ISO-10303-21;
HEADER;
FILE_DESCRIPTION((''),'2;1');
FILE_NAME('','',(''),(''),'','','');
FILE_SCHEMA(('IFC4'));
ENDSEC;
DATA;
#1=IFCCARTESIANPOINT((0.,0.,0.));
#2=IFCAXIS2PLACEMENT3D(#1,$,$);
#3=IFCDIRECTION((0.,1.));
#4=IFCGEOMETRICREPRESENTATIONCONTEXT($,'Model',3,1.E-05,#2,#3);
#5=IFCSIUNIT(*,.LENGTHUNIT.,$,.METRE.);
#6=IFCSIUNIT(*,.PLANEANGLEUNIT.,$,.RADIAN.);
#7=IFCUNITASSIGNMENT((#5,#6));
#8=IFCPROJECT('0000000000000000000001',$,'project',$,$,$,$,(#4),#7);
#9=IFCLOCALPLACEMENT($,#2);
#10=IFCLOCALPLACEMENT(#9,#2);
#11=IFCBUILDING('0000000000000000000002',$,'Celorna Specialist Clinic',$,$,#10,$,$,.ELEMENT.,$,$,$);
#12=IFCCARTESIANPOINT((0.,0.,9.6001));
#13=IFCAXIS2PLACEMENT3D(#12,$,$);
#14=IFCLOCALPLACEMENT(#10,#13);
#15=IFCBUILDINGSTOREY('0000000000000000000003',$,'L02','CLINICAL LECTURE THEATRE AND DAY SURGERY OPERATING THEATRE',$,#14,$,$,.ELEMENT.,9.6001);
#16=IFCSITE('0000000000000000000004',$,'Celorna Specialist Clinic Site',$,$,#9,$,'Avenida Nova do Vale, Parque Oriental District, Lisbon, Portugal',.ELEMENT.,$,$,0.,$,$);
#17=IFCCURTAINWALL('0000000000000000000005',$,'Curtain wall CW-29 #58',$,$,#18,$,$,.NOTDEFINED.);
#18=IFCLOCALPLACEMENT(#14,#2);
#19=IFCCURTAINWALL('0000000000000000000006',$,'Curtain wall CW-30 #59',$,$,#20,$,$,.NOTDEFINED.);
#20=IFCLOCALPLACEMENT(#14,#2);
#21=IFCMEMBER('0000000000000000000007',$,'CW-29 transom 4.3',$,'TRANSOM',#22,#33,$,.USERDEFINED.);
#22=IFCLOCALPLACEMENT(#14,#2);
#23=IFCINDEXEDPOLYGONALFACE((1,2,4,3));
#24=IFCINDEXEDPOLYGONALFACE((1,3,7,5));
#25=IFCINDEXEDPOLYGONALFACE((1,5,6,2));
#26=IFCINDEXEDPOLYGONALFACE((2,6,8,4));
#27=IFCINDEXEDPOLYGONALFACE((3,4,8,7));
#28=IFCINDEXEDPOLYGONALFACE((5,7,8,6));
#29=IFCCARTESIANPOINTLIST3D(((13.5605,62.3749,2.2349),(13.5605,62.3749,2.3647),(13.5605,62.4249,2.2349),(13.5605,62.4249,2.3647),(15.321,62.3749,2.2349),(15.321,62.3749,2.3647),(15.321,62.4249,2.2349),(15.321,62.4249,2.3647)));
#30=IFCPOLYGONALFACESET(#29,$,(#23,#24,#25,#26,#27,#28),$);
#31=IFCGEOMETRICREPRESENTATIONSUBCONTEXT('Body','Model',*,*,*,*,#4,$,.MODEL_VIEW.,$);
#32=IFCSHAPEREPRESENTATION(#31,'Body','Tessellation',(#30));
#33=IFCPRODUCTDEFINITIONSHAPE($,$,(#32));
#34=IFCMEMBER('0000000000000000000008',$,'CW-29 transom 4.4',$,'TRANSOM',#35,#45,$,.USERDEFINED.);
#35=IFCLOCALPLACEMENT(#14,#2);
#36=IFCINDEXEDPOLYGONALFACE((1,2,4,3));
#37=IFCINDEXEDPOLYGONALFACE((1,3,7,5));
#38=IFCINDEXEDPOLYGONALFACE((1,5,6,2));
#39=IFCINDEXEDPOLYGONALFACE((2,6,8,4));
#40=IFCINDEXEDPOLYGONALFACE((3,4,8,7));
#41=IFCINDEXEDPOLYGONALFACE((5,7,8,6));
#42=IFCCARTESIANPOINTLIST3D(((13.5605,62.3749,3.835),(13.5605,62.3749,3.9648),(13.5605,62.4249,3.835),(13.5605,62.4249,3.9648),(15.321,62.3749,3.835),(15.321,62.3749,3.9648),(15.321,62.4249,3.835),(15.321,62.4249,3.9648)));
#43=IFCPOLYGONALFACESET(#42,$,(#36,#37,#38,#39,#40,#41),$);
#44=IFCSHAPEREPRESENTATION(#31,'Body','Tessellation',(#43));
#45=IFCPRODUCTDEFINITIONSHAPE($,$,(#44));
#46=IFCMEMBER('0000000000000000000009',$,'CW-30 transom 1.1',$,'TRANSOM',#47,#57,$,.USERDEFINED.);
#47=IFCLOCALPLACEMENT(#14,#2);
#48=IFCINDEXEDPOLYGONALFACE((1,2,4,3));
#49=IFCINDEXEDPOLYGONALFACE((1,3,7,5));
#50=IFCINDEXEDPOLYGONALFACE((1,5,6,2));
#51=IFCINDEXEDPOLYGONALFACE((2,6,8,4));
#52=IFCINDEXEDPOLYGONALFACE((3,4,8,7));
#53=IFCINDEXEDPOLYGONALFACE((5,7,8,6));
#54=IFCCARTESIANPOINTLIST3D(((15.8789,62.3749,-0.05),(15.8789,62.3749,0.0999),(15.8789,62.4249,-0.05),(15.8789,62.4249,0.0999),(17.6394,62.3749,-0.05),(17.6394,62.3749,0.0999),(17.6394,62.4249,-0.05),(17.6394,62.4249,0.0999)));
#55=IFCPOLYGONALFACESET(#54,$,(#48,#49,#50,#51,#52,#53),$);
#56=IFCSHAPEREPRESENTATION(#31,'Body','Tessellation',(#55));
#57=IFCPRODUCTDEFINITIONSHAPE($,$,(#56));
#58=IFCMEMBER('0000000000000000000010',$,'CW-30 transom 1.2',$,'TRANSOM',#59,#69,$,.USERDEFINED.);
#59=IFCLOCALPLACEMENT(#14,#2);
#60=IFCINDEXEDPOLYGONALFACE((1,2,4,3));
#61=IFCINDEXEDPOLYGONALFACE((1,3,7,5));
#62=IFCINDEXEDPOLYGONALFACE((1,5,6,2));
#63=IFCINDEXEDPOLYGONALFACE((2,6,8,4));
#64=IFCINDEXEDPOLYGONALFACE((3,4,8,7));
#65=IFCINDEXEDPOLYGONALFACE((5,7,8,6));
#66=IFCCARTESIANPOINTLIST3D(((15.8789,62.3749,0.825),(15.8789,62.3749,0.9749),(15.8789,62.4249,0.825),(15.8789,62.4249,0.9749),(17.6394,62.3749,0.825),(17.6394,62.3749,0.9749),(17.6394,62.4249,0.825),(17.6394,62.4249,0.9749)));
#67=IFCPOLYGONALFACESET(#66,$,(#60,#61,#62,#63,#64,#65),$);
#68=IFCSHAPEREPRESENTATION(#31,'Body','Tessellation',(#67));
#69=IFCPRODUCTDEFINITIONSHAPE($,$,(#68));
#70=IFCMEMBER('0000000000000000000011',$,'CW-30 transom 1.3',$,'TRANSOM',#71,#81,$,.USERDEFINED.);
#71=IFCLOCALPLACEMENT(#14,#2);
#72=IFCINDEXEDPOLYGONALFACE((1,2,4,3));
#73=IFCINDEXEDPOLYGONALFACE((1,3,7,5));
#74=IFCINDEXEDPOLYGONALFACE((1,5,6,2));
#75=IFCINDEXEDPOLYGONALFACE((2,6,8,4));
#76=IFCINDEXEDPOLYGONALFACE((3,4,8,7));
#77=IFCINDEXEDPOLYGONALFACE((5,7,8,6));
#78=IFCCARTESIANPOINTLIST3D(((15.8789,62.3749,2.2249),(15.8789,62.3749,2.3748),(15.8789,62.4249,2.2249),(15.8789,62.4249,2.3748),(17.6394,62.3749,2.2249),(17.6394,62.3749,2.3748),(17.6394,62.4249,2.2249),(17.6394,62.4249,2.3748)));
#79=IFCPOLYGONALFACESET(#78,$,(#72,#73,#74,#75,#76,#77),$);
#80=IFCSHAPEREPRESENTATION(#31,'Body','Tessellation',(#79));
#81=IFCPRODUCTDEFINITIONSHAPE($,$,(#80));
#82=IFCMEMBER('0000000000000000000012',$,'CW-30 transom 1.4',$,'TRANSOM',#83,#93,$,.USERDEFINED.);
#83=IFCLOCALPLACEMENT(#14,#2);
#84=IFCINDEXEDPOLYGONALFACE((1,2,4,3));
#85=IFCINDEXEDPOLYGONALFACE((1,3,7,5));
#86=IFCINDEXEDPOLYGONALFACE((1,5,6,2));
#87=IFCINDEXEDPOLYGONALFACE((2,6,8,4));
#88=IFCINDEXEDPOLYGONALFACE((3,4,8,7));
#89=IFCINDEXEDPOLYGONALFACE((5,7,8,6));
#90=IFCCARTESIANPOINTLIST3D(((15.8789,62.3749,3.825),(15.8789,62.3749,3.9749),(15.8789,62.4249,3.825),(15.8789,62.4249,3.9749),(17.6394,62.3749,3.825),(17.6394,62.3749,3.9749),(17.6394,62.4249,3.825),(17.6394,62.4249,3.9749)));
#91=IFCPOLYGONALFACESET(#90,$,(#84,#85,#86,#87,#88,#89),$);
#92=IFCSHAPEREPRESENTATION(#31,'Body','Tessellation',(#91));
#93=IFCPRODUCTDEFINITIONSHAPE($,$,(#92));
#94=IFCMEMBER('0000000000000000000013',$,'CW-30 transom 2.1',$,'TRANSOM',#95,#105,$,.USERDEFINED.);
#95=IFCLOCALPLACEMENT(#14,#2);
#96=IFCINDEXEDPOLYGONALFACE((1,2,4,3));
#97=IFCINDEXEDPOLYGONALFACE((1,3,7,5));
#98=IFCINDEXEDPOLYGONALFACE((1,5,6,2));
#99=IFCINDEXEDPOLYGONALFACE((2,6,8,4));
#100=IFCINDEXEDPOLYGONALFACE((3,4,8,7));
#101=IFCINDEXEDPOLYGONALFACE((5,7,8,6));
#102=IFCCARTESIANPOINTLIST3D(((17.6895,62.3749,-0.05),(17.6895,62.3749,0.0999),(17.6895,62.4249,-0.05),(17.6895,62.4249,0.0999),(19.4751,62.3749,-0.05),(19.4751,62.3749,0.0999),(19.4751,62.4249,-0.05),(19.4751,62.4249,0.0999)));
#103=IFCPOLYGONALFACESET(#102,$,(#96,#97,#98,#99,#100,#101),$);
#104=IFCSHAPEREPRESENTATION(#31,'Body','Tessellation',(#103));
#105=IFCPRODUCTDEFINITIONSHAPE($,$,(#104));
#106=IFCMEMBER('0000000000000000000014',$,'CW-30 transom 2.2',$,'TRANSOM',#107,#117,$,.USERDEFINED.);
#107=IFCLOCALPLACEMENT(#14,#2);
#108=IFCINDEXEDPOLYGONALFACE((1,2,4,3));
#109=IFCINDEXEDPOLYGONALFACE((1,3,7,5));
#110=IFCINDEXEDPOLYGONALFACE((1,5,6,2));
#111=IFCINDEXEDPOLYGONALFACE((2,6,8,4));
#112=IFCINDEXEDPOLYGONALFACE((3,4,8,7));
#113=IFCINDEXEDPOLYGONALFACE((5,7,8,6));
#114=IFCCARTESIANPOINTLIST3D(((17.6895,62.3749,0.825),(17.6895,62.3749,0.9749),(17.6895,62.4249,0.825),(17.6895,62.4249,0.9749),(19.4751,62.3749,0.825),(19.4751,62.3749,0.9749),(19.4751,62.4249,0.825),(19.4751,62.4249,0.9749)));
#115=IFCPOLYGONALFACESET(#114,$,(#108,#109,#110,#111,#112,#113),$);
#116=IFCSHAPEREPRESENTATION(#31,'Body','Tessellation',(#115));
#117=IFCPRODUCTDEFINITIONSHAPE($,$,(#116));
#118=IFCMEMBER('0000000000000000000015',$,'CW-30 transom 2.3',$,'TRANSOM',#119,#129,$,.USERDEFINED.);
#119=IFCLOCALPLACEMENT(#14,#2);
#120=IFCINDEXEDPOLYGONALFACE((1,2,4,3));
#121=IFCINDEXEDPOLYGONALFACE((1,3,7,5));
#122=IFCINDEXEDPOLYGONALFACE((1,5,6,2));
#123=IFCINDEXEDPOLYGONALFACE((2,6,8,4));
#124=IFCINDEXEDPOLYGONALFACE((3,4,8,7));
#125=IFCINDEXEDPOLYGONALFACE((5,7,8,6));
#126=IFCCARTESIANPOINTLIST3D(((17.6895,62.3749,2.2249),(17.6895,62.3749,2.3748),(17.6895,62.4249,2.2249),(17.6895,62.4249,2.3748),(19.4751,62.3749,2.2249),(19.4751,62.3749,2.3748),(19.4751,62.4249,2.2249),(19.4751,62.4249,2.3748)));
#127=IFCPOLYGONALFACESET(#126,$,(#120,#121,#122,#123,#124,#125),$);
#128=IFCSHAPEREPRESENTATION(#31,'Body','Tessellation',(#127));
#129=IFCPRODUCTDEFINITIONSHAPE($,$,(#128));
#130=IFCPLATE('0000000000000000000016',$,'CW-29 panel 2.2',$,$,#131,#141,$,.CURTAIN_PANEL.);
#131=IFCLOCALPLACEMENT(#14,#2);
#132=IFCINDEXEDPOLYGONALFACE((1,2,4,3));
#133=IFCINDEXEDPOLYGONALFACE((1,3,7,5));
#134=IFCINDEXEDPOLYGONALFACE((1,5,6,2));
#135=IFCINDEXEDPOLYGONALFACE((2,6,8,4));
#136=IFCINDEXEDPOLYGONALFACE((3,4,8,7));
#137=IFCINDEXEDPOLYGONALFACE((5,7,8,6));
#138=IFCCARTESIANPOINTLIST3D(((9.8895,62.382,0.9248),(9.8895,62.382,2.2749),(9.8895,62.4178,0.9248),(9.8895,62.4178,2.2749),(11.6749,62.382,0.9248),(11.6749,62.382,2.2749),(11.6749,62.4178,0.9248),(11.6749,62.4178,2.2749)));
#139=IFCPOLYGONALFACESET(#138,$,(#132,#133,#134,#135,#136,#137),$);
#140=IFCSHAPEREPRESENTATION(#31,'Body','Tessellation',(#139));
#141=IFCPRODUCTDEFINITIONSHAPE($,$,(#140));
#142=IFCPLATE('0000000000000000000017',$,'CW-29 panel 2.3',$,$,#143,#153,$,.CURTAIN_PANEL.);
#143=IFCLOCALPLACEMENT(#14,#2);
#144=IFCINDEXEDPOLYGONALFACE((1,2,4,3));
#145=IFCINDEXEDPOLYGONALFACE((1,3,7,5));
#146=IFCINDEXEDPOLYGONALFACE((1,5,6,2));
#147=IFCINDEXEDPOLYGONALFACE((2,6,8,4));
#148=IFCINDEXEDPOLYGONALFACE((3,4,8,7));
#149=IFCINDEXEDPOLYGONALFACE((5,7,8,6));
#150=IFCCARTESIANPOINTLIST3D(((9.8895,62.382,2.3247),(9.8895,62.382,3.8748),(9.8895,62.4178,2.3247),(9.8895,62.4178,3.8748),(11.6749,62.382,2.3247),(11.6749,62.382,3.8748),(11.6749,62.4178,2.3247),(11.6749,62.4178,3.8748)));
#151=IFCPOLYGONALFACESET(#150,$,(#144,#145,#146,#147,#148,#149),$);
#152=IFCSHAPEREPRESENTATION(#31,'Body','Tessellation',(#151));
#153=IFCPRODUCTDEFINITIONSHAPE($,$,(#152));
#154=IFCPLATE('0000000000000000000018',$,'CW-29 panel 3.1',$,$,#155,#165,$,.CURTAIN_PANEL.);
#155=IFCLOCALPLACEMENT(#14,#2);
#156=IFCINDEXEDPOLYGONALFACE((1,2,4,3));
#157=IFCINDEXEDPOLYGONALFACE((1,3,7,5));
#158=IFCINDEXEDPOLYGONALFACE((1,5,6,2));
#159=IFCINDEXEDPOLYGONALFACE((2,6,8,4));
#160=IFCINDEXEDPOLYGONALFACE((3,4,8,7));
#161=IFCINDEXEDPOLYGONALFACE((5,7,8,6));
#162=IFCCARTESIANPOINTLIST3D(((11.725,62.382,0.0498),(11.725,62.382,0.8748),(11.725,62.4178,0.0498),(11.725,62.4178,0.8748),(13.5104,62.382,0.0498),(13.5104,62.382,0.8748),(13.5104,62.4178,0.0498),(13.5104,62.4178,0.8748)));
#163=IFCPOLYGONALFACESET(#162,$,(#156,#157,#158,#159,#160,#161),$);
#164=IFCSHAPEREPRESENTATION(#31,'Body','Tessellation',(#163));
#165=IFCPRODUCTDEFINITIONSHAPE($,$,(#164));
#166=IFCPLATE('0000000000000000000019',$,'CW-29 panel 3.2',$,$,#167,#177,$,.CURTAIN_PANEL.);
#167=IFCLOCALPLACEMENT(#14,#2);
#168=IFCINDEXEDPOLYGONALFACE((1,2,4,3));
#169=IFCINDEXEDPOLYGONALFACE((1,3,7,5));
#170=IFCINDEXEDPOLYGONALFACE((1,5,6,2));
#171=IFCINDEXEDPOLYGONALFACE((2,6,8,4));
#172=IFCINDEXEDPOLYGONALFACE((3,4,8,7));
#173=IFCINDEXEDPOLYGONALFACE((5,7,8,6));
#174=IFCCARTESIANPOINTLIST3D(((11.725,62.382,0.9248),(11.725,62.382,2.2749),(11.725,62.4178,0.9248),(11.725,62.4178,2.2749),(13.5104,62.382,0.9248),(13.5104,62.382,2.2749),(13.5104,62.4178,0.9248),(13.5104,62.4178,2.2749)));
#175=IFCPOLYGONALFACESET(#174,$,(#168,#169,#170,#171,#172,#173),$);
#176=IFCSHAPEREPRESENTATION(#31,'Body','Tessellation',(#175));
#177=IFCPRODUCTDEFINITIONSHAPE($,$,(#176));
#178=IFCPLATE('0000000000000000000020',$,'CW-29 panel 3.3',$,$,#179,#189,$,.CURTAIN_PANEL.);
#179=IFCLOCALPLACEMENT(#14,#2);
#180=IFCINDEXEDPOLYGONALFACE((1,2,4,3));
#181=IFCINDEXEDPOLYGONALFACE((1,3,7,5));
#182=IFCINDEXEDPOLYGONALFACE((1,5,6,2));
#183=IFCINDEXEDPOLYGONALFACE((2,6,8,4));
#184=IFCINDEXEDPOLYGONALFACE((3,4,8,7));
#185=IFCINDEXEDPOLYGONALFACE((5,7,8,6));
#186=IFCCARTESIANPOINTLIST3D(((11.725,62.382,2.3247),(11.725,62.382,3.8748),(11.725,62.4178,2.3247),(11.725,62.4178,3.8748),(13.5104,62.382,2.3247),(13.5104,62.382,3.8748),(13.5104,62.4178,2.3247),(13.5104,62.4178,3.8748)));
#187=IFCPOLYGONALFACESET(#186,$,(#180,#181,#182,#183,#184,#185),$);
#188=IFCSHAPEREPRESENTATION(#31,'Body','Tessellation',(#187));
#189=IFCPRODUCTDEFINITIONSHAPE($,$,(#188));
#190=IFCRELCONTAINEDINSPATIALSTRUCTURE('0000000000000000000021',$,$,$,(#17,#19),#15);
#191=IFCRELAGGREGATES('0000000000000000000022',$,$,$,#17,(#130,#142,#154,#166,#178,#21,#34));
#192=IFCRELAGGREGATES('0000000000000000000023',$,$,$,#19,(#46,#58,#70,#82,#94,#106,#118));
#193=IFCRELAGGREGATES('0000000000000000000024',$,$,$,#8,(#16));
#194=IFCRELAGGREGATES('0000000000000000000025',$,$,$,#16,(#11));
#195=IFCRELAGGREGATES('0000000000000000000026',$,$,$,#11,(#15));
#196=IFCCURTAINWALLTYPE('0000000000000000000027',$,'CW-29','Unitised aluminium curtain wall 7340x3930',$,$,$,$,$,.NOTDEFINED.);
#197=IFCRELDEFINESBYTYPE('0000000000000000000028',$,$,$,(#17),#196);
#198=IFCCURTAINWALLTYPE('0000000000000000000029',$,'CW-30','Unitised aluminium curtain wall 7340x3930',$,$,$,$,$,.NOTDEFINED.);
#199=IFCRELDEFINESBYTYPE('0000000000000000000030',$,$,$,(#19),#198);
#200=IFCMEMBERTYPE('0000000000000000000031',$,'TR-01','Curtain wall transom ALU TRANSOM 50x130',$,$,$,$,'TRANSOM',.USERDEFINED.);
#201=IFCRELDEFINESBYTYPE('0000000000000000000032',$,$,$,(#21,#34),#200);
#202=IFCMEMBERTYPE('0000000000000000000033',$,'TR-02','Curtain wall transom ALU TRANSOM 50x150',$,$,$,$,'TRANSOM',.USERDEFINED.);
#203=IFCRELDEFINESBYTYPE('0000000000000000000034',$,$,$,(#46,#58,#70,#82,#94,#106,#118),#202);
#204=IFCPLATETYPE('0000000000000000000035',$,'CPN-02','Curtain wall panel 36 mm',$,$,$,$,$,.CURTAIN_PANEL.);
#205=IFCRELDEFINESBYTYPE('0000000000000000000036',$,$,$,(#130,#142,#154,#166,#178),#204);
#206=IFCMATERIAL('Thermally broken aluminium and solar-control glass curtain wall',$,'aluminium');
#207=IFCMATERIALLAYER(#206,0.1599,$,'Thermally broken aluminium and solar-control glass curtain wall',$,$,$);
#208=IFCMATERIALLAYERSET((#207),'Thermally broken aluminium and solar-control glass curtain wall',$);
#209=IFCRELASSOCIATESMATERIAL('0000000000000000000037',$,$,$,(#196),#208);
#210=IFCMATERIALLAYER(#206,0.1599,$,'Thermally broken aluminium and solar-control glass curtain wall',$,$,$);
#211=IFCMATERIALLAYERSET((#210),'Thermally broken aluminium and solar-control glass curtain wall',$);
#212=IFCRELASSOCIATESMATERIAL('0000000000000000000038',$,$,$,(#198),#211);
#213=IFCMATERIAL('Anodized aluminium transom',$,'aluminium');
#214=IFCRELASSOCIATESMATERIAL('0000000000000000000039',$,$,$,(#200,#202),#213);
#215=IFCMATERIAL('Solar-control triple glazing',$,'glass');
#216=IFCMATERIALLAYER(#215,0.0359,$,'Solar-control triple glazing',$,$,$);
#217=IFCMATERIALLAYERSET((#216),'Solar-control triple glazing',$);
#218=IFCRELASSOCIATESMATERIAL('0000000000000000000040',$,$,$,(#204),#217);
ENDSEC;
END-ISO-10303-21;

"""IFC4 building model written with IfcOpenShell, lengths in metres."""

from ifc_helpers import new_model, si_unit, direction, frame, origin, origin_2d, place, context, subcontext, project, spatial, rectangle, extrude, material, layer, layer_set, material_profile, profile_set, type_object, element, aggregate, save


model = new_model("IFC4")

# Units and contexts
model_context = context("Model", 3, precision=1e-05, world=origin(), true_north=direction((0.0, 1.0)))
body_context = subcontext(model_context, "Body", "Model", "MODEL_VIEW")
ifc_project = project(units=[si_unit("LENGTHUNIT", "METRE"), si_unit("PLANEANGLEUNIT", "RADIAN")], contexts=[model_context])

# Site, building, storey
site_placement = place(None, origin())
site = spatial("IfcSite", under=ifc_project, at=site_placement, Name="Celorna Specialist Clinic Site", LongName="Avenida Nova do Vale, Parque Oriental District, Lisbon, Portugal", CompositionType="ELEMENT", RefElevation=0.0)
building_placement = place(site_placement, origin())
building = spatial("IfcBuilding", under=site, at=building_placement, Name="Celorna Specialist Clinic", CompositionType="ELEMENT")
storey_placement = place(building_placement, frame((0.0, 0.0, 9.6001)))
storey = spatial("IfcBuildingStorey", under=building, at=storey_placement, Name="L02", Description="CLINICAL LECTURE THEATRE AND DAY SURGERY OPERATING THEATRE", CompositionType="ELEMENT", Elevation=9.6001)

# Curtain walls
ifc_material_1 = material(Name="Thermally broken aluminium and solar-control glass curtain wall", Category="aluminium")
ifc_layer_1 = layer(ifc_material_1, 0.1599, Name="Thermally broken aluminium and solar-control glass curtain wall")
ifc_layer_set_1 = layer_set([ifc_layer_1], Name="Thermally broken aluminium and solar-control glass curtain wall")
curtain_wall_type_1 = type_object("IfcCurtainWallType", Name="CW-29", Description="Unitised aluminium curtain wall 7340x3930", PredefinedType="NOTDEFINED", material=ifc_layer_set_1)
curtain_wall_1_placement = place(storey_placement, origin())
curtain_wall_1 = element("IfcCurtainWall", 1, at=curtain_wall_1_placement, inside=storey, type_object=curtain_wall_type_1, Name="Curtain wall CW-29 #58", PredefinedType="NOTDEFINED")
ifc_layer_2 = layer(ifc_material_1, 0.1599, Name="Thermally broken aluminium and solar-control glass curtain wall")
ifc_layer_set_2 = layer_set([ifc_layer_2], Name="Thermally broken aluminium and solar-control glass curtain wall")
curtain_wall_type_2 = type_object("IfcCurtainWallType", Name="CW-30", Description="Unitised aluminium curtain wall 7340x3930", PredefinedType="NOTDEFINED", material=ifc_layer_set_2)
curtain_wall_2_placement = place(storey_placement, origin())
curtain_wall_2 = element("IfcCurtainWall", 2, at=curtain_wall_2_placement, inside=storey, type_object=curtain_wall_type_2, Name="Curtain wall CW-30 #59", PredefinedType="NOTDEFINED")

# Members
ifc_material_2 = material(Name="Anodized aluminium transom", Category="aluminium")
ifc_material_profile_1 = material_profile(ifc_material_2, rectangle(XDim=0.05, YDim=0.1299, at=origin_2d()), Name="ALU TRANSOM 50x130")
ifc_profile_set_1 = profile_set([ifc_material_profile_1], Name="Anodized aluminium transom")
member_type_1 = type_object("IfcMemberType", Name="TR-01", Description="Curtain wall transom ALU TRANSOM 50x130", ElementType="TRANSOM", PredefinedType="USERDEFINED", material=ifc_profile_set_1)
member_1_placement = place(storey_placement, frame((13.5605, 62.3999, 2.2998), z_axis=(1.0, 0.0, 0.0), x_axis=(0.0, 1.0, 0.0)))
member_1 = element("IfcMember", 3, at=member_1_placement, type_object=member_type_1, Name="CW-29 transom 4.3", ObjectType="TRANSOM", PredefinedType="USERDEFINED", context=body_context, shape_type="SweptSolid", body=[
    extrude(rectangle(XDim=0.05, YDim=0.1299, at=origin_2d()), origin(), (0.0, 0.0, 1.0), 1.7605),
])
member_2_placement = place(storey_placement, frame((13.5605, 62.3999, 3.8999), z_axis=(1.0, 0.0, 0.0), x_axis=(0.0, 1.0, 0.0)))
member_2 = element("IfcMember", 4, at=member_2_placement, type_object=member_type_1, Name="CW-29 transom 4.4", ObjectType="TRANSOM", PredefinedType="USERDEFINED", context=body_context, shape_type="SweptSolid", body=[
    extrude(rectangle(XDim=0.05, YDim=0.1299, at=origin_2d()), origin(), (0.0, 0.0, 1.0), 1.7605),
])
ifc_material_profile_2 = material_profile(ifc_material_2, rectangle(XDim=0.05, YDim=0.1499, at=origin_2d()), Name="ALU TRANSOM 50x150")
ifc_profile_set_2 = profile_set([ifc_material_profile_2], Name="Anodized aluminium transom")
member_type_2 = type_object("IfcMemberType", Name="TR-02", Description="Curtain wall transom ALU TRANSOM 50x150", ElementType="TRANSOM", PredefinedType="USERDEFINED", material=ifc_profile_set_2)
member_3_placement = place(storey_placement, frame((15.8789, 62.3999, 0.0249), z_axis=(1.0, 0.0, 0.0), x_axis=(0.0, 1.0, 0.0)))
member_3 = element("IfcMember", 5, at=member_3_placement, type_object=member_type_2, Name="CW-30 transom 1.1", ObjectType="TRANSOM", PredefinedType="USERDEFINED", context=body_context, shape_type="SweptSolid", body=[
    extrude(rectangle(XDim=0.05, YDim=0.1499, at=origin_2d()), origin(), (0.0, 0.0, 1.0), 1.7605),
])
member_4_placement = place(storey_placement, frame((15.8789, 62.3999, 0.8999), z_axis=(1.0, 0.0, 0.0), x_axis=(0.0, 1.0, 0.0)))
member_4 = element("IfcMember", 6, at=member_4_placement, type_object=member_type_2, Name="CW-30 transom 1.2", ObjectType="TRANSOM", PredefinedType="USERDEFINED", context=body_context, shape_type="SweptSolid", body=[
    extrude(rectangle(XDim=0.05, YDim=0.1499, at=origin_2d()), origin(), (0.0, 0.0, 1.0), 1.7605),
])
member_5_placement = place(storey_placement, frame((15.8789, 62.3999, 2.2998), z_axis=(1.0, 0.0, 0.0), x_axis=(0.0, 1.0, 0.0)))
member_5 = element("IfcMember", 7, at=member_5_placement, type_object=member_type_2, Name="CW-30 transom 1.3", ObjectType="TRANSOM", PredefinedType="USERDEFINED", context=body_context, shape_type="SweptSolid", body=[
    extrude(rectangle(XDim=0.05, YDim=0.1499, at=origin_2d()), origin(), (0.0, 0.0, 1.0), 1.7605),
])
member_6_placement = place(storey_placement, frame((15.8789, 62.3999, 3.8999), z_axis=(1.0, 0.0, 0.0), x_axis=(0.0, 1.0, 0.0)))
member_6 = element("IfcMember", 8, at=member_6_placement, type_object=member_type_2, Name="CW-30 transom 1.4", ObjectType="TRANSOM", PredefinedType="USERDEFINED", context=body_context, shape_type="SweptSolid", body=[
    extrude(rectangle(XDim=0.05, YDim=0.1499, at=origin_2d()), origin(), (0.0, 0.0, 1.0), 1.7605),
])
member_7_placement = place(storey_placement, frame((17.6895, 62.3999, 0.0249), z_axis=(1.0, 0.0, 0.0), x_axis=(0.0, 1.0, 0.0)))
member_7 = element("IfcMember", 9, at=member_7_placement, type_object=member_type_2, Name="CW-30 transom 2.1", ObjectType="TRANSOM", PredefinedType="USERDEFINED", context=body_context, shape_type="SweptSolid", body=[
    extrude(rectangle(XDim=0.05, YDim=0.1499, at=origin_2d()), origin(), (0.0, 0.0, 1.0), 1.7856),
])
member_8_placement = place(storey_placement, frame((17.6895, 62.3999, 0.8999), z_axis=(1.0, 0.0, 0.0), x_axis=(0.0, 1.0, 0.0)))
member_8 = element("IfcMember", 10, at=member_8_placement, type_object=member_type_2, Name="CW-30 transom 2.2", ObjectType="TRANSOM", PredefinedType="USERDEFINED", context=body_context, shape_type="SweptSolid", body=[
    extrude(rectangle(XDim=0.05, YDim=0.1499, at=origin_2d()), origin(), (0.0, 0.0, 1.0), 1.7856),
])
member_9_placement = place(storey_placement, frame((17.6895, 62.3999, 2.2998), z_axis=(1.0, 0.0, 0.0), x_axis=(0.0, 1.0, 0.0)))
member_9 = element("IfcMember", 11, at=member_9_placement, type_object=member_type_2, Name="CW-30 transom 2.3", ObjectType="TRANSOM", PredefinedType="USERDEFINED", context=body_context, shape_type="SweptSolid", body=[
    extrude(rectangle(XDim=0.05, YDim=0.1499, at=origin_2d()), origin(), (0.0, 0.0, 1.0), 1.7856),
])

# Plates
ifc_material_3 = material(Name="Solar-control triple glazing", Category="glass")
ifc_layer_3 = layer(ifc_material_3, 0.0359, Name="Solar-control triple glazing")
ifc_layer_set_3 = layer_set([ifc_layer_3], Name="Solar-control triple glazing")
plate_type_1 = type_object("IfcPlateType", Name="CPN-02", Description="Curtain wall panel 36 mm", PredefinedType="CURTAIN_PANEL", material=ifc_layer_set_3)
plate_1_placement = place(storey_placement, frame((10.7822, 62.3999, 0.9248), z_axis=(0.0, 0.0, 1.0), x_axis=(1.0, 0.0, 0.0)))
plate_1 = element("IfcPlate", 12, at=plate_1_placement, type_object=plate_type_1, Name="CW-29 panel 2.2", PredefinedType="CURTAIN_PANEL", context=body_context, shape_type="SweptSolid", body=[
    extrude(rectangle(XDim=1.7854, YDim=0.0359, at=origin_2d()), origin(), (0.0, 0.0, 1.0), 1.3501),
])
plate_2_placement = place(storey_placement, frame((10.7822, 62.3999, 2.3247), z_axis=(0.0, 0.0, 1.0), x_axis=(1.0, 0.0, 0.0)))
plate_2 = element("IfcPlate", 13, at=plate_2_placement, type_object=plate_type_1, Name="CW-29 panel 2.3", PredefinedType="CURTAIN_PANEL", context=body_context, shape_type="SweptSolid", body=[
    extrude(rectangle(XDim=1.7854, YDim=0.0359, at=origin_2d()), origin(), (0.0, 0.0, 1.0), 1.55),
])
plate_3_placement = place(storey_placement, frame((12.6177, 62.3999, 0.0498), z_axis=(0.0, 0.0, 1.0), x_axis=(1.0, 0.0, 0.0)))
plate_3 = element("IfcPlate", 14, at=plate_3_placement, type_object=plate_type_1, Name="CW-29 panel 3.1", PredefinedType="CURTAIN_PANEL", context=body_context, shape_type="SweptSolid", body=[
    extrude(rectangle(XDim=1.7854, YDim=0.0359, at=origin_2d()), origin(), (0.0, 0.0, 1.0), 0.825),
])
plate_4_placement = place(storey_placement, frame((12.6177, 62.3999, 0.9248), z_axis=(0.0, 0.0, 1.0), x_axis=(1.0, 0.0, 0.0)))
plate_4 = element("IfcPlate", 15, at=plate_4_placement, type_object=plate_type_1, Name="CW-29 panel 3.2", PredefinedType="CURTAIN_PANEL", context=body_context, shape_type="SweptSolid", body=[
    extrude(rectangle(XDim=1.7854, YDim=0.0359, at=origin_2d()), origin(), (0.0, 0.0, 1.0), 1.3501),
])
plate_5_placement = place(storey_placement, frame((12.6177, 62.3999, 2.3247), z_axis=(0.0, 0.0, 1.0), x_axis=(1.0, 0.0, 0.0)))
plate_5 = element("IfcPlate", 16, at=plate_5_placement, type_object=plate_type_1, Name="CW-29 panel 3.3", PredefinedType="CURTAIN_PANEL", context=body_context, shape_type="SweptSolid", body=[
    extrude(rectangle(XDim=1.7854, YDim=0.0359, at=origin_2d()), origin(), (0.0, 0.0, 1.0), 1.55),
])
aggregate(curtain_wall_1, [plate_1, plate_2, plate_3, plate_4, plate_5, member_1, member_2])
aggregate(curtain_wall_2, [member_3, member_4, member_5, member_6, member_7, member_8, member_9])

save(model, "model.ifc")
